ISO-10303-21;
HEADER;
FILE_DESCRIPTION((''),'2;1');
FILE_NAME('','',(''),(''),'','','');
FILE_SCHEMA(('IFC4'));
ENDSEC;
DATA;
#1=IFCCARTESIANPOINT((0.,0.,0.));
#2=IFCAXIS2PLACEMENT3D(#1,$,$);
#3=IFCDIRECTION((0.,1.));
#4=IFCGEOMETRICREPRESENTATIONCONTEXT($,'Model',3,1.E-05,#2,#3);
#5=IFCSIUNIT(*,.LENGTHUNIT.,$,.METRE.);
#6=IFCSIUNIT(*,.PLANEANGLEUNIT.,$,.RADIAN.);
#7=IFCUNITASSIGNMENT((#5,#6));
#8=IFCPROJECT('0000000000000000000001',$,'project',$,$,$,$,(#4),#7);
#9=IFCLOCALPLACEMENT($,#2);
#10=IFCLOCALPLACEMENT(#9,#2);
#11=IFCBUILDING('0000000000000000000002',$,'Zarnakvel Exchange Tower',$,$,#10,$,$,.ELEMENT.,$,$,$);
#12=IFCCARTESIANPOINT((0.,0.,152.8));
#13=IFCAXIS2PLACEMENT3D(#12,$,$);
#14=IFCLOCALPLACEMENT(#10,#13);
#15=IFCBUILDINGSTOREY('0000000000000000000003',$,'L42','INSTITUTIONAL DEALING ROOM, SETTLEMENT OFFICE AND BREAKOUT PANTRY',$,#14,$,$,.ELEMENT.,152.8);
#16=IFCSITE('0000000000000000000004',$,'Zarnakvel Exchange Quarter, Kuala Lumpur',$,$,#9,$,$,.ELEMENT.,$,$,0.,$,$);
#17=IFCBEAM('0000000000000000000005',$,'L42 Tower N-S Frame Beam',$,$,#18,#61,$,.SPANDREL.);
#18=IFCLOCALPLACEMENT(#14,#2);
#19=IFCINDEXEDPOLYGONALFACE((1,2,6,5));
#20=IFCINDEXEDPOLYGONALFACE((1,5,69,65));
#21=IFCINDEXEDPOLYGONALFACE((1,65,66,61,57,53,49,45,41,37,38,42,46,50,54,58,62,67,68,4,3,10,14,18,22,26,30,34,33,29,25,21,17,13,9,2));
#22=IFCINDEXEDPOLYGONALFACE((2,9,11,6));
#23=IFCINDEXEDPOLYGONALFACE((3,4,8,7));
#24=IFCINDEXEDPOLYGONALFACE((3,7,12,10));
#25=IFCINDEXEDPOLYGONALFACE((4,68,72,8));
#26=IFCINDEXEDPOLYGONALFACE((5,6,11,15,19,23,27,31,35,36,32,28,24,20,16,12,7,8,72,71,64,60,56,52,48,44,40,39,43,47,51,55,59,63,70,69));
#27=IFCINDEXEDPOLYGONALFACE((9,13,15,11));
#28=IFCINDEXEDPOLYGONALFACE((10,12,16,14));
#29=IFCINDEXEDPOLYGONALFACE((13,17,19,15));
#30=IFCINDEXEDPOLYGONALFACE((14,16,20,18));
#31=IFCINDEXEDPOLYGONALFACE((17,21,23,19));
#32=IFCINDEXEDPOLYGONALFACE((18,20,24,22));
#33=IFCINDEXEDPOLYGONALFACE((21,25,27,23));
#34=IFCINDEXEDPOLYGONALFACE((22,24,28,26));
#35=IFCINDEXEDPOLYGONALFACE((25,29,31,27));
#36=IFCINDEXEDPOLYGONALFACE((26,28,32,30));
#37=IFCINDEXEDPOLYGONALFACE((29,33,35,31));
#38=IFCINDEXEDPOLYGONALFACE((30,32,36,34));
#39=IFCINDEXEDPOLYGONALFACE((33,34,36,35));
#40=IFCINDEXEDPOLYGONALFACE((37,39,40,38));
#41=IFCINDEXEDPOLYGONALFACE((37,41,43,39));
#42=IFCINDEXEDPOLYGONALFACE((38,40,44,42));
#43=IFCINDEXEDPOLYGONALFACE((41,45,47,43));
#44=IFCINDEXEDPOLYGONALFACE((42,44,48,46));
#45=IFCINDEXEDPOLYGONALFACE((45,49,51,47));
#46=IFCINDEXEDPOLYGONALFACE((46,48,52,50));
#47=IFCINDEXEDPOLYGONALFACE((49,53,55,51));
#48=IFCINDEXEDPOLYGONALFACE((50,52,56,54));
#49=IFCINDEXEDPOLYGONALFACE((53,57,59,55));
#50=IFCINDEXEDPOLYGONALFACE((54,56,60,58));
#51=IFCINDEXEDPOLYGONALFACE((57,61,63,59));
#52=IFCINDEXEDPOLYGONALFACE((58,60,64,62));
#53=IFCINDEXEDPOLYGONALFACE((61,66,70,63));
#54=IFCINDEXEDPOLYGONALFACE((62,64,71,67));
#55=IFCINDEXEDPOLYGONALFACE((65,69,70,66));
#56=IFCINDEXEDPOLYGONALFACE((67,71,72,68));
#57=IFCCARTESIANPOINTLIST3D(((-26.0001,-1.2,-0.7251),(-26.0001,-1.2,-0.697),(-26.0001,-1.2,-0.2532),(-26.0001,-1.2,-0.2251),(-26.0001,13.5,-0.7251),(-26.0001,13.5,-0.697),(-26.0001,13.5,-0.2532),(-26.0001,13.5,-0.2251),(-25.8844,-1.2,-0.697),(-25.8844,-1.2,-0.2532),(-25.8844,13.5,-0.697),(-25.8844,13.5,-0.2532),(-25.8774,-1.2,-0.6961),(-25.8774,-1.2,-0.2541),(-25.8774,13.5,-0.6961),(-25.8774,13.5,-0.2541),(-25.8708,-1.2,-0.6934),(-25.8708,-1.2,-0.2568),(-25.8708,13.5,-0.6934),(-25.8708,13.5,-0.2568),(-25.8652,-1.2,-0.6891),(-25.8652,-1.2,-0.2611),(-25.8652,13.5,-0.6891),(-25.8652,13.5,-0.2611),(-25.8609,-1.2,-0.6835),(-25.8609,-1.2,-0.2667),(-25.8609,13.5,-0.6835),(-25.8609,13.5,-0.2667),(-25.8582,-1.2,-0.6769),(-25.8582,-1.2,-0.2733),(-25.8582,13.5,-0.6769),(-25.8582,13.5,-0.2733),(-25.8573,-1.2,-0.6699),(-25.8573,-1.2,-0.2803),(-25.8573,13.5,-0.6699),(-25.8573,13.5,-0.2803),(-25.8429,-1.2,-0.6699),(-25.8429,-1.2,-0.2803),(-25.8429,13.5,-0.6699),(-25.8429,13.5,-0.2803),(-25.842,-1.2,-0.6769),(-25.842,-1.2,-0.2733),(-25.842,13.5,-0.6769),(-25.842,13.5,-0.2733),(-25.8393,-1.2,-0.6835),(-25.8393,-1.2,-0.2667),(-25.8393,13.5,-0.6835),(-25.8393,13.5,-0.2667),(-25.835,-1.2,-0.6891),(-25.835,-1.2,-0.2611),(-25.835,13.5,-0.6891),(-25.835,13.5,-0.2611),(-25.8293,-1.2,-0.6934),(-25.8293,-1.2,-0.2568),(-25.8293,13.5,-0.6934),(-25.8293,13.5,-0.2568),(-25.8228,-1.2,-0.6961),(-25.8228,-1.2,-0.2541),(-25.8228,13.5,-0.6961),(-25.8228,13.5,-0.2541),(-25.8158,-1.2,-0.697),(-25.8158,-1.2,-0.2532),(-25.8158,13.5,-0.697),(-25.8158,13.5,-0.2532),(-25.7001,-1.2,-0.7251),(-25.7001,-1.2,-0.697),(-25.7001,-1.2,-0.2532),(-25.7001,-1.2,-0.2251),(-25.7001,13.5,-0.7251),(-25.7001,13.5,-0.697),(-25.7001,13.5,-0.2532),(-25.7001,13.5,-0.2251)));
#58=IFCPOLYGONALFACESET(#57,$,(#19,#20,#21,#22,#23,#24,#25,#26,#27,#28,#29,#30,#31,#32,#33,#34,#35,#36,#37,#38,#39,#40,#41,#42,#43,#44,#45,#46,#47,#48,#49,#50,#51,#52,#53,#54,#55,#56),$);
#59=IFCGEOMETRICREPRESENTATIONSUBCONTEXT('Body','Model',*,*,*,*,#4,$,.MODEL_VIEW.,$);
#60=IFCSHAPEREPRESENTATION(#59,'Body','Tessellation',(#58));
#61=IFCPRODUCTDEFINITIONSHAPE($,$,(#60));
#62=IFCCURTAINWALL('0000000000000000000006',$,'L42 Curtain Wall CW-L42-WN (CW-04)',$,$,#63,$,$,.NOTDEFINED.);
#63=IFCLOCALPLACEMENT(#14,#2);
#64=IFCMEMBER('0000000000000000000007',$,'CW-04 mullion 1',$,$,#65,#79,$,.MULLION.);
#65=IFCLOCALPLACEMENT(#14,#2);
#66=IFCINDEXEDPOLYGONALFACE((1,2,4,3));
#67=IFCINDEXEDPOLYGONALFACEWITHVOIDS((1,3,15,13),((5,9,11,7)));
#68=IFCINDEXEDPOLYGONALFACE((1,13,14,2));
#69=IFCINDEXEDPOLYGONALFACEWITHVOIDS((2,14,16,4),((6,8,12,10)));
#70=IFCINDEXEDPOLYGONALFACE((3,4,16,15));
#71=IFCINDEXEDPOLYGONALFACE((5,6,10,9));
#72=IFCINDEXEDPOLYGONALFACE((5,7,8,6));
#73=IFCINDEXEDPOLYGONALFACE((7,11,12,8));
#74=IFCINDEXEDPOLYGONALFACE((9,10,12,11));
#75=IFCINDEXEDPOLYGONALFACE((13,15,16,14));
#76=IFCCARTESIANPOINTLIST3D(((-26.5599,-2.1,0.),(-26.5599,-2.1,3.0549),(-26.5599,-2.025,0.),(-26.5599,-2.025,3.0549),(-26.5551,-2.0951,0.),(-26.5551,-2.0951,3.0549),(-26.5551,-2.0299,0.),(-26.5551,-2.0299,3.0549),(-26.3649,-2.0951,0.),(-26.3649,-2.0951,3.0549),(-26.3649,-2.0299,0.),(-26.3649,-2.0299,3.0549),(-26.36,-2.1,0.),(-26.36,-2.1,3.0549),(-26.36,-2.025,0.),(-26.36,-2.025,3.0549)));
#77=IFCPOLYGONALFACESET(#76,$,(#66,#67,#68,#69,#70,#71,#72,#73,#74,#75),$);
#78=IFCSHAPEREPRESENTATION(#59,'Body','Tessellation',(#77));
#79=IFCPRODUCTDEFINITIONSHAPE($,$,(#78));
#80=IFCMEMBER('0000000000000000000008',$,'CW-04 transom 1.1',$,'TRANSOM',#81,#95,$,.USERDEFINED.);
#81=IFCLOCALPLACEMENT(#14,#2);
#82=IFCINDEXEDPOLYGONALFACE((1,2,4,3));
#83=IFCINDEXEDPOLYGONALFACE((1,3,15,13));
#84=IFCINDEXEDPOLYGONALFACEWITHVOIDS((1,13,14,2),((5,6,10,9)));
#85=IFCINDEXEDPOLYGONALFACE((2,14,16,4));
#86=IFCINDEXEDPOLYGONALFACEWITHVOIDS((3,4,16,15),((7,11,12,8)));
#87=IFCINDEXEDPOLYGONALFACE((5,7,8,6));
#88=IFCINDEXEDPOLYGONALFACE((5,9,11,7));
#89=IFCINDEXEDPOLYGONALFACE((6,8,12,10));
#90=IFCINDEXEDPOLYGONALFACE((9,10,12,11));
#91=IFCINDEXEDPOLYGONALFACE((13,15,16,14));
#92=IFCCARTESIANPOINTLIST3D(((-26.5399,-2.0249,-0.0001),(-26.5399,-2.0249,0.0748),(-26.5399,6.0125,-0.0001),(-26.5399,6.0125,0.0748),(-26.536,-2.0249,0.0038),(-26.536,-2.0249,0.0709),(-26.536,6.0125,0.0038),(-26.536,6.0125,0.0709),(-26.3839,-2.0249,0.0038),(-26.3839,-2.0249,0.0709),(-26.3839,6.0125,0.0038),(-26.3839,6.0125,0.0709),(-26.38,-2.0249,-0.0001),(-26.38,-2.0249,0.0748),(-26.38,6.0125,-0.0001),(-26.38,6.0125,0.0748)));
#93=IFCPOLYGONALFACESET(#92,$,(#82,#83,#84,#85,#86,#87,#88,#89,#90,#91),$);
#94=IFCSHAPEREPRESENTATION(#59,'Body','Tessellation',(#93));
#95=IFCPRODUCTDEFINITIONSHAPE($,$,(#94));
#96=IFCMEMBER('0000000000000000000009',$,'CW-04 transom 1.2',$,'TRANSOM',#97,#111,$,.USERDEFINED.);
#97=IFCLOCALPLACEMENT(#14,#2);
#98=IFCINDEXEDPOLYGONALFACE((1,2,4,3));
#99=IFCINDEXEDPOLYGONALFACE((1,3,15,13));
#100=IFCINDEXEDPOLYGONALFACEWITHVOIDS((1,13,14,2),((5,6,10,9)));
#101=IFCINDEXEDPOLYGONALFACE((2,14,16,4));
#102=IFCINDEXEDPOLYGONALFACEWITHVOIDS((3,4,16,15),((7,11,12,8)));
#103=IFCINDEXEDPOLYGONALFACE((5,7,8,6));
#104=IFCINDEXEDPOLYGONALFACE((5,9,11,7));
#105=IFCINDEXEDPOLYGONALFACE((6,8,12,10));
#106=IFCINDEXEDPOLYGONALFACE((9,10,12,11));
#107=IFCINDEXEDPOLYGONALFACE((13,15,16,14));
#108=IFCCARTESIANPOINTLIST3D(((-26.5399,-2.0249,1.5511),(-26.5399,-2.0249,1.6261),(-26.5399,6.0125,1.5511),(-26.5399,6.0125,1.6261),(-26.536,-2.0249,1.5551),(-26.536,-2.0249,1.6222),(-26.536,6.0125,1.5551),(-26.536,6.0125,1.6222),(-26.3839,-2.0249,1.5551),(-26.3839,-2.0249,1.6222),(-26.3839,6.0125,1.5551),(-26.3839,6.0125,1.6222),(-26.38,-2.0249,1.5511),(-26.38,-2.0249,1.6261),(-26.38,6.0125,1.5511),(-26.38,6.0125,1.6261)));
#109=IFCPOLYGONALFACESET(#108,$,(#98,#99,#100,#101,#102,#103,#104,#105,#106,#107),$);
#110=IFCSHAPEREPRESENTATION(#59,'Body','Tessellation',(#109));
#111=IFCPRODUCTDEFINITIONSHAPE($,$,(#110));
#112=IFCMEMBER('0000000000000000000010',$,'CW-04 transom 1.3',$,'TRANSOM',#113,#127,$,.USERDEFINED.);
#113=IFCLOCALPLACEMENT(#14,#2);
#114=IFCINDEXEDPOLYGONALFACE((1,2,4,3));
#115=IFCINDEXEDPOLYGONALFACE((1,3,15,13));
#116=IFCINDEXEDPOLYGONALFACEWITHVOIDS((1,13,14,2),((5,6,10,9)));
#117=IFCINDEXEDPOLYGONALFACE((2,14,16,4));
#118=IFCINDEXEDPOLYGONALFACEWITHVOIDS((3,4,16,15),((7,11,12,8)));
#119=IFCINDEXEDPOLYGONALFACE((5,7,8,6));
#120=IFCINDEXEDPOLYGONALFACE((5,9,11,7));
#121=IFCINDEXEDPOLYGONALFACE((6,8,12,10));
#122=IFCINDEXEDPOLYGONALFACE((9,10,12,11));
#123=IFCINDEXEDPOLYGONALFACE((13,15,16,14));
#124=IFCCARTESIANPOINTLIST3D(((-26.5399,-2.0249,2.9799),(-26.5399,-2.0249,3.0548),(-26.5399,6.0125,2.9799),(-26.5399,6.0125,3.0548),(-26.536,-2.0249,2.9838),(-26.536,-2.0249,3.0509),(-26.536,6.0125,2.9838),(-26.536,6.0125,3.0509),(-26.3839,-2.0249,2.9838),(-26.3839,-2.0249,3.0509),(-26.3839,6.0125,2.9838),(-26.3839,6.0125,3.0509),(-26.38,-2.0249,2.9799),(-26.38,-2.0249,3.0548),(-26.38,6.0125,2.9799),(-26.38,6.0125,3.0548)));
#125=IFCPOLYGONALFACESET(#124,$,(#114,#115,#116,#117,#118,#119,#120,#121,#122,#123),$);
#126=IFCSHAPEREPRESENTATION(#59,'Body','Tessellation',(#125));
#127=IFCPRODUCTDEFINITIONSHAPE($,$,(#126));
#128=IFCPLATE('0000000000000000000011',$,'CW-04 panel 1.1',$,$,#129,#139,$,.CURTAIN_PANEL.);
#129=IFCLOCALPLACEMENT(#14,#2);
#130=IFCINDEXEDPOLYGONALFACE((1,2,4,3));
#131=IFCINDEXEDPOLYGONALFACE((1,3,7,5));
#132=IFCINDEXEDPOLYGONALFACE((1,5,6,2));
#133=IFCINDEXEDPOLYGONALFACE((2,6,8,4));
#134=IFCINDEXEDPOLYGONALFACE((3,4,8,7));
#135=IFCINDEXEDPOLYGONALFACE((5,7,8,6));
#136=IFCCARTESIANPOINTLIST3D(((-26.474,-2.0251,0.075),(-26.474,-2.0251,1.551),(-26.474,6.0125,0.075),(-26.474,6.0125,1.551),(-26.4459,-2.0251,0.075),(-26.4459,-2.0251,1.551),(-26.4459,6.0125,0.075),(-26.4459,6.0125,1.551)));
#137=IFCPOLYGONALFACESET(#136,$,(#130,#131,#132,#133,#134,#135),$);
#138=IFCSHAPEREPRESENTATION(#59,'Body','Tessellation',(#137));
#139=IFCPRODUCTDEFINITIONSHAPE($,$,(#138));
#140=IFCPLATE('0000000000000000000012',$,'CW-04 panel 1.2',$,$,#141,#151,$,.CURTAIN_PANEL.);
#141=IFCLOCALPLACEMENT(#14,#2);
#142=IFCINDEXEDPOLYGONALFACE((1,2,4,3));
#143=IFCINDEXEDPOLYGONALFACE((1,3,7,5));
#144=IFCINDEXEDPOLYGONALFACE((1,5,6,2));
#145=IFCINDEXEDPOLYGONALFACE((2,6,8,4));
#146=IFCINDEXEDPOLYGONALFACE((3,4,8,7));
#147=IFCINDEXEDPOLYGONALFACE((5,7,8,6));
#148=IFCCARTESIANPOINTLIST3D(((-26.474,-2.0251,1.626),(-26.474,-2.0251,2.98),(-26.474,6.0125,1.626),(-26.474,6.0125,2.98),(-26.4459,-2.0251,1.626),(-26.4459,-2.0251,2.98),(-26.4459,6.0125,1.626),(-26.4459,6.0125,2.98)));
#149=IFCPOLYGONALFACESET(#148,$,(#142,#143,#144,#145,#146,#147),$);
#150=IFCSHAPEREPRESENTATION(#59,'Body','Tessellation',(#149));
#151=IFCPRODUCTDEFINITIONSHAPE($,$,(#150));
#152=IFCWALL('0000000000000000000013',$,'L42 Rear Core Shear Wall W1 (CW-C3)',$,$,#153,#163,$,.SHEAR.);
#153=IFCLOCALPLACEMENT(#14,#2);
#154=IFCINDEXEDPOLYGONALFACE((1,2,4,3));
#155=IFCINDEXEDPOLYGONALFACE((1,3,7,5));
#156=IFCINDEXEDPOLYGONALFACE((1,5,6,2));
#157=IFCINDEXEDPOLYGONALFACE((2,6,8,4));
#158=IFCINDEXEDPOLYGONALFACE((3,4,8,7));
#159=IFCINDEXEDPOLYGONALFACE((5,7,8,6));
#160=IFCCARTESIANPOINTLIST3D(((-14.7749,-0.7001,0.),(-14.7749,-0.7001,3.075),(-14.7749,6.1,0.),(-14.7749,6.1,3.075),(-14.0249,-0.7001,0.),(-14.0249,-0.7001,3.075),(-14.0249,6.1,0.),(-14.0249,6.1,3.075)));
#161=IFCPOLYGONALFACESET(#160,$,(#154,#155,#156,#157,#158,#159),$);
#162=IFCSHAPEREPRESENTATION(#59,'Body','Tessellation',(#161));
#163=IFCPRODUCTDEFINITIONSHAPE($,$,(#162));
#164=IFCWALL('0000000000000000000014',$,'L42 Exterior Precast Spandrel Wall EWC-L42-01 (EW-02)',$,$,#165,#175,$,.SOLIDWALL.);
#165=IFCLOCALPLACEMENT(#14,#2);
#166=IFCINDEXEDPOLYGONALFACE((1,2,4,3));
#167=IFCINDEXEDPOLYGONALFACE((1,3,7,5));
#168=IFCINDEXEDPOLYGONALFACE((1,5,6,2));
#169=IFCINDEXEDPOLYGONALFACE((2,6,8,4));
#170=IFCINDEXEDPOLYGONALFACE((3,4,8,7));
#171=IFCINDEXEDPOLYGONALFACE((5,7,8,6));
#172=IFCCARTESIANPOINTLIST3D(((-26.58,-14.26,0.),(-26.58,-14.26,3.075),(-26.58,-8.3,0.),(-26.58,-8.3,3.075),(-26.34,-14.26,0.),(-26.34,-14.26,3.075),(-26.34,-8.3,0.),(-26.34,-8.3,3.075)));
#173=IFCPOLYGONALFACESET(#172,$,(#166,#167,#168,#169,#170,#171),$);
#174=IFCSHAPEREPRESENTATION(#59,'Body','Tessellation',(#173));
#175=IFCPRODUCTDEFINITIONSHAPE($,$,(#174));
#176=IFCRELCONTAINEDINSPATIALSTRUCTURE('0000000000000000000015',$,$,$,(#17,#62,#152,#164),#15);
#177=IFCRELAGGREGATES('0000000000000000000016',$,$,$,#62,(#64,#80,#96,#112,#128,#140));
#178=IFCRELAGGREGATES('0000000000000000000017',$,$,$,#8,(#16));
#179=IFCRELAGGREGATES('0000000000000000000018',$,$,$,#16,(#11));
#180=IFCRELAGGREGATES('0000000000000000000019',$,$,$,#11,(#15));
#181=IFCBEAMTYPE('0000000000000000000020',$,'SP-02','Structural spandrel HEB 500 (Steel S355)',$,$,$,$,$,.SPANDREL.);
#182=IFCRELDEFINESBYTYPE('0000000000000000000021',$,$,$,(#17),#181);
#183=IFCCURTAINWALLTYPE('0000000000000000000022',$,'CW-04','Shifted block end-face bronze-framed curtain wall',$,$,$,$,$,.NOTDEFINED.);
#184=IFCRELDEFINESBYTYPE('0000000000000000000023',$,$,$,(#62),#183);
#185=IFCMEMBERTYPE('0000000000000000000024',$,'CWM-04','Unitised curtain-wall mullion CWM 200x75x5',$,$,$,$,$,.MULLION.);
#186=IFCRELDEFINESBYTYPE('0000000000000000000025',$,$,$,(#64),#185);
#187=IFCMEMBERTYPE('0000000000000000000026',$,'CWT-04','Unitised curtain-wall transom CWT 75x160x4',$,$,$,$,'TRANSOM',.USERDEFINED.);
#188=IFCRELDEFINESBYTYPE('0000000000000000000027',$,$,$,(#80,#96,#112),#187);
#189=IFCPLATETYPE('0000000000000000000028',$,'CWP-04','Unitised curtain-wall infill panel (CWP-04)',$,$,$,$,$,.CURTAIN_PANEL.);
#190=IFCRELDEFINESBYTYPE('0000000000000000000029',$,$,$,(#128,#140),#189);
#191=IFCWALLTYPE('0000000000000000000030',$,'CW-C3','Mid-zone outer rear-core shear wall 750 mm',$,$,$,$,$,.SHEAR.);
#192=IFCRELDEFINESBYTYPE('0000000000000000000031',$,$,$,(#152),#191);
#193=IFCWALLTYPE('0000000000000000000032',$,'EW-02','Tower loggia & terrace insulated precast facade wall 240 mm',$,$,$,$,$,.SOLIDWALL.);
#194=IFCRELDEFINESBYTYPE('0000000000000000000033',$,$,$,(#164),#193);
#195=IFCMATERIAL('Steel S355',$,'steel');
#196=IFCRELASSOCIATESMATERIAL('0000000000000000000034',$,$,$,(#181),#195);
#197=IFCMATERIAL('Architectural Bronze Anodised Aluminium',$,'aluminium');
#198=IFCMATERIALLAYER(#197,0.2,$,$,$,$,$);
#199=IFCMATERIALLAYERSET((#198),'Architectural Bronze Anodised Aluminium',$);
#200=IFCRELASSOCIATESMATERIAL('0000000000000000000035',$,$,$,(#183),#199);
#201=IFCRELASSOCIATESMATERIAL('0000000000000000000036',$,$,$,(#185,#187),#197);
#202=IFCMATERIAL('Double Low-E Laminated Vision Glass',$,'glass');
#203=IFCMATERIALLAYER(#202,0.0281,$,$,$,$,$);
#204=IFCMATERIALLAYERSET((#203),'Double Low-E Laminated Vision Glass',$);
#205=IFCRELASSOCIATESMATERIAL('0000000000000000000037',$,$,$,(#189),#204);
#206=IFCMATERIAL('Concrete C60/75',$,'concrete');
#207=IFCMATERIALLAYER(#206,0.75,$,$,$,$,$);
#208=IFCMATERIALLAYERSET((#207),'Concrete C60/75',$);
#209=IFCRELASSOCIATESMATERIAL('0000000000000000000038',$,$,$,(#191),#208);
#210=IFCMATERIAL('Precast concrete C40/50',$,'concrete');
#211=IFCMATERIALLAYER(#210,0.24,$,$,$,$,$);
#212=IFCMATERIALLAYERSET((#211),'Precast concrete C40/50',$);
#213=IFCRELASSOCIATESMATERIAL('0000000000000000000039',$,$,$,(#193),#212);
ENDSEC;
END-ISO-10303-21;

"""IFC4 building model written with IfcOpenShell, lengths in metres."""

from ifc_helpers import new_model, si_unit, direction, frame, frame_2d, origin, origin_2d, place, context, subcontext, project, spatial, rectangle, hollow_rectangle, i_section, extrude, source, transform, mapped, material, layer, layer_set, material_profile, profile_set, type_object, element, aggregate, save


model = new_model("IFC4")

# Units and contexts
model_context = context("Model", 3, precision=1e-05, world=origin(), true_north=direction((0.0, 1.0)))
body_context = subcontext(model_context, "Body", "Model", "MODEL_VIEW")
ifc_project = project(units=[si_unit("LENGTHUNIT", "METRE"), si_unit("PLANEANGLEUNIT", "RADIAN")], contexts=[model_context])

# Site, building, storey
site_placement = place(None, origin())
site = spatial("IfcSite", under=ifc_project, at=site_placement, Name="Zarnakvel Exchange Quarter, Kuala Lumpur", CompositionType="ELEMENT", RefElevation=0.0)
building_placement = place(site_placement, origin())
building = spatial("IfcBuilding", under=site, at=building_placement, Name="Zarnakvel Exchange Tower", CompositionType="ELEMENT")
storey_placement = place(building_placement, frame((0.0, 0.0, 152.8)))
storey = spatial("IfcBuildingStorey", under=building, at=storey_placement, Name="L42", Description="INSTITUTIONAL DEALING ROOM, SETTLEMENT OFFICE AND BREAKOUT PANTRY", CompositionType="ELEMENT", Elevation=152.8)

# Shared definitions
ifc_material_1 = material(Name="Concrete C60/75", Category="concrete")
ifc_material_2 = material(Name="Steel S355", Category="steel")

# Beam
ifc_material_profile_1 = material_profile(ifc_material_2, i_section(OverallWidth=0.3, OverallDepth=0.5, WebThickness=0.0144, FlangeThickness=0.0281, FilletRadius=0.0271, at=origin_2d()))
ifc_profile_set_1 = profile_set([ifc_material_profile_1], Name="Steel S355")
beam_type_1 = type_object("IfcBeamType", Name="SP-02", Description="Structural spandrel HEB 500 (Steel S355)", PredefinedType="SPANDREL", material=ifc_profile_set_1)
beam_1_placement = place(storey_placement, frame((-25.8501, -1.2, -0.4751), z_axis=(0.0, 1.0, 0.0), x_axis=(-1.0, 0.0, 0.0)))
element("IfcBeam", 1, at=beam_1_placement, inside=storey, type_object=beam_type_1, Name="L42 Tower N-S Frame Beam", PredefinedType="SPANDREL", context=body_context, shape_type="SweptSolid", body=[
    extrude(i_section(OverallWidth=0.3, OverallDepth=0.5, WebThickness=0.0144, FlangeThickness=0.0281, FilletRadius=0.0271, at=origin_2d()), origin(), (0.0, 0.0, 1.0), 14.7),
])

# Curtain wall, members, plates
ifc_material_3 = material(Name="Architectural Bronze Anodised Aluminium", Category="aluminium")
ifc_layer_1 = layer(ifc_material_3, 0.2)
ifc_layer_set_1 = layer_set([ifc_layer_1], Name="Architectural Bronze Anodised Aluminium")
curtain_wall_type = type_object("IfcCurtainWallType", Name="CW-04", Description="Shifted block end-face bronze-framed curtain wall", PredefinedType="NOTDEFINED", material=ifc_layer_set_1)
curtain_wall_placement = place(storey_placement, origin())
curtain_wall = element("IfcCurtainWall", 2, at=curtain_wall_placement, inside=storey, type_object=curtain_wall_type, Name="L42 Curtain Wall CW-L42-WN (CW-04)", PredefinedType="NOTDEFINED")
ifc_material_profile_2 = material_profile(ifc_material_3, hollow_rectangle(XDim=0.2, YDim=0.075, WallThickness=0.0049, at=origin_2d()))
ifc_profile_set_2 = profile_set([ifc_material_profile_2], Name="Architectural Bronze Anodised Aluminium")
member_type_1 = type_object("IfcMemberType", Name="CWM-04", Description="Unitised curtain-wall mullion CWM 200x75x5", PredefinedType="MULLION", material=ifc_profile_set_2)
shared_shape_1 = source(origin(), body_context, "Body", "SweptSolid", [
    extrude(hollow_rectangle(XDim=0.2, YDim=0.075, WallThickness=0.0049, at=origin_2d()), origin(), (0.0, 0.0, 1.0), 3.0549),
])
member_1_placement = place(storey_placement, frame((-26.46, -2.0625, 0.0), z_axis=(0.0, 0.0, 1.0), x_axis=(-1.0, 0.0, 0.0)))
member_1 = element("IfcMember", 3, at=member_1_placement, type_object=member_type_1, Name="CW-04 mullion 1", PredefinedType="MULLION", context=body_context, shape_type="MappedRepresentation", body=[
    mapped(shared_shape_1, transform((0.0, 0.0, 0.0), x_axis=(1.0, 0.0, 0.0), y_axis=(0.0, 1.0, 0.0), z_axis=(0.0, 0.0, 1.0), scale=1.0)),
])
ifc_material_profile_3 = material_profile(ifc_material_3, hollow_rectangle(XDim=0.1599, YDim=0.075, WallThickness=0.0039, at=origin_2d()))
ifc_profile_set_3 = profile_set([ifc_material_profile_3], Name="Architectural Bronze Anodised Aluminium")
member_type_2 = type_object("IfcMemberType", Name="CWT-04", Description="Unitised curtain-wall transom CWT 75x160x4", ElementType="TRANSOM", PredefinedType="USERDEFINED", material=ifc_profile_set_3)
shared_shape_2 = source(origin(), body_context, "Body", "SweptSolid", [
    extrude(hollow_rectangle(XDim=0.1599, YDim=0.075, WallThickness=0.0039, at=origin_2d()), origin(), (0.0, 0.0, 1.0), 8.0374),
])
member_2_placement = place(storey_placement, frame((-26.46, -2.0249, 0.0374), z_axis=(0.0, 1.0, 0.0), x_axis=(-1.0, 0.0, 0.0)))
member_2 = element("IfcMember", 4, at=member_2_placement, type_object=member_type_2, Name="CW-04 transom 1.1", ObjectType="TRANSOM", PredefinedType="USERDEFINED", context=body_context, shape_type="MappedRepresentation", body=[
    mapped(shared_shape_2, transform((0.0, 0.0, 0.0), x_axis=(1.0, 0.0, 0.0), y_axis=(0.0, 1.0, 0.0), z_axis=(0.0, 0.0, 1.0), scale=1.0)),
])
member_3_placement = place(storey_placement, frame((-26.46, -2.0249, 1.5886), z_axis=(0.0, 1.0, 0.0), x_axis=(-1.0, 0.0, 0.0)))
member_3 = element("IfcMember", 5, at=member_3_placement, type_object=member_type_2, Name="CW-04 transom 1.2", ObjectType="TRANSOM", PredefinedType="USERDEFINED", context=body_context, shape_type="MappedRepresentation", body=[
    mapped(shared_shape_2, transform((0.0, 0.0, 0.0), x_axis=(1.0, 0.0, 0.0), y_axis=(0.0, 1.0, 0.0), z_axis=(0.0, 0.0, 1.0), scale=1.0)),
])
member_4_placement = place(storey_placement, frame((-26.46, -2.0249, 3.0173), z_axis=(0.0, 1.0, 0.0), x_axis=(-1.0, 0.0, 0.0)))
member_4 = element("IfcMember", 6, at=member_4_placement, type_object=member_type_2, Name="CW-04 transom 1.3", ObjectType="TRANSOM", PredefinedType="USERDEFINED", context=body_context, shape_type="MappedRepresentation", body=[
    mapped(shared_shape_2, transform((0.0, 0.0, 0.0), x_axis=(1.0, 0.0, 0.0), y_axis=(0.0, 1.0, 0.0), z_axis=(0.0, 0.0, 1.0), scale=1.0)),
])
ifc_material_4 = material(Name="Double Low-E Laminated Vision Glass", Category="glass")
ifc_layer_2 = layer(ifc_material_4, 0.0281)
ifc_layer_set_2 = layer_set([ifc_layer_2], Name="Double Low-E Laminated Vision Glass")
plate_type = type_object("IfcPlateType", Name="CWP-04", Description="Unitised curtain-wall infill panel (CWP-04)", PredefinedType="CURTAIN_PANEL", material=ifc_layer_set_2)
shared_shape_3 = source(origin(), body_context, "Body", "SweptSolid", [
    extrude(rectangle(XDim=8.0376, YDim=0.0281, at=origin_2d()), origin(), (0.0, 0.0, 1.0), 1.4761),
])
plate_1_placement = place(storey_placement, frame((-26.46, 1.9937, 0.075), z_axis=(0.0, 0.0, 1.0), x_axis=(0.0, 1.0, 0.0)))
plate_1 = element("IfcPlate", 7, at=plate_1_placement, type_object=plate_type, Name="CW-04 panel 1.1", PredefinedType="CURTAIN_PANEL", context=body_context, shape_type="MappedRepresentation", body=[
    mapped(shared_shape_3, transform((0.0, 0.0, 0.0), x_axis=(1.0, 0.0, 0.0), y_axis=(0.0, 1.0, 0.0), z_axis=(0.0, 0.0, 1.0), scale=1.0)),
])
shared_shape_4 = source(origin(), body_context, "Body", "SweptSolid", [
    extrude(rectangle(XDim=8.0376, YDim=0.0281, at=origin_2d()), origin(), (0.0, 0.0, 1.0), 1.354),
])
plate_2_placement = place(storey_placement, frame((-26.46, 1.9937, 1.626), z_axis=(0.0, 0.0, 1.0), x_axis=(0.0, 1.0, 0.0)))
plate_2 = element("IfcPlate", 8, at=plate_2_placement, type_object=plate_type, Name="CW-04 panel 1.2", PredefinedType="CURTAIN_PANEL", context=body_context, shape_type="MappedRepresentation", body=[
    mapped(shared_shape_4, transform((0.0, 0.0, 0.0), x_axis=(1.0, 0.0, 0.0), y_axis=(0.0, 1.0, 0.0), z_axis=(0.0, 0.0, 1.0), scale=1.0)),
])
aggregate(curtain_wall, [member_1, member_2, member_3, member_4, plate_1, plate_2])

# Walls
ifc_layer_3 = layer(ifc_material_1, 0.75)
ifc_layer_set_3 = layer_set([ifc_layer_3], Name="Concrete C60/75")
wall_type_1 = type_object("IfcWallType", Name="CW-C3", Description="Mid-zone outer rear-core shear wall 750 mm", PredefinedType="SHEAR", material=ifc_layer_set_3)
wall_1_placement = place(storey_placement, frame((-14.3999, -0.7, 0.0), z_axis=(0.0, 0.0, 1.0), x_axis=(0.0, 1.0, 0.0)))
element("IfcWall", 9, at=wall_1_placement, inside=storey, type_object=wall_type_1, Name="L42 Rear Core Shear Wall W1 (CW-C3)", PredefinedType="SHEAR", context=body_context, shape_type="SweptSolid", body=[
    extrude(rectangle(XDim=6.8, YDim=0.75, at=frame_2d((3.3999, 0.0))), origin(), (0.0, 0.0, 1.0), 3.075),
])
ifc_material_5 = material(Name="Precast concrete C40/50", Category="concrete")
ifc_layer_4 = layer(ifc_material_5, 0.24)
ifc_layer_set_4 = layer_set([ifc_layer_4], Name="Precast concrete C40/50")
wall_type_2 = type_object("IfcWallType", Name="EW-02", Description="Tower loggia & terrace insulated precast facade wall 240 mm", PredefinedType="SOLIDWALL", material=ifc_layer_set_4)
wall_2_placement = place(storey_placement, frame((-26.46, -8.3, 0.0), z_axis=(0.0, 0.0, 1.0), x_axis=(0.0, -1.0, 0.0)))
element("IfcWall", 10, at=wall_2_placement, inside=storey, type_object=wall_type_2, Name="L42 Exterior Precast Spandrel Wall EWC-L42-01 (EW-02)", PredefinedType="SOLIDWALL", context=body_context, shape_type="SweptSolid", body=[
    extrude(rectangle(XDim=5.96, YDim=0.24, at=frame_2d((2.98, 0.0))), origin(), (0.0, 0.0, 1.0), 3.075),
])

save(model, "model.ifc")
